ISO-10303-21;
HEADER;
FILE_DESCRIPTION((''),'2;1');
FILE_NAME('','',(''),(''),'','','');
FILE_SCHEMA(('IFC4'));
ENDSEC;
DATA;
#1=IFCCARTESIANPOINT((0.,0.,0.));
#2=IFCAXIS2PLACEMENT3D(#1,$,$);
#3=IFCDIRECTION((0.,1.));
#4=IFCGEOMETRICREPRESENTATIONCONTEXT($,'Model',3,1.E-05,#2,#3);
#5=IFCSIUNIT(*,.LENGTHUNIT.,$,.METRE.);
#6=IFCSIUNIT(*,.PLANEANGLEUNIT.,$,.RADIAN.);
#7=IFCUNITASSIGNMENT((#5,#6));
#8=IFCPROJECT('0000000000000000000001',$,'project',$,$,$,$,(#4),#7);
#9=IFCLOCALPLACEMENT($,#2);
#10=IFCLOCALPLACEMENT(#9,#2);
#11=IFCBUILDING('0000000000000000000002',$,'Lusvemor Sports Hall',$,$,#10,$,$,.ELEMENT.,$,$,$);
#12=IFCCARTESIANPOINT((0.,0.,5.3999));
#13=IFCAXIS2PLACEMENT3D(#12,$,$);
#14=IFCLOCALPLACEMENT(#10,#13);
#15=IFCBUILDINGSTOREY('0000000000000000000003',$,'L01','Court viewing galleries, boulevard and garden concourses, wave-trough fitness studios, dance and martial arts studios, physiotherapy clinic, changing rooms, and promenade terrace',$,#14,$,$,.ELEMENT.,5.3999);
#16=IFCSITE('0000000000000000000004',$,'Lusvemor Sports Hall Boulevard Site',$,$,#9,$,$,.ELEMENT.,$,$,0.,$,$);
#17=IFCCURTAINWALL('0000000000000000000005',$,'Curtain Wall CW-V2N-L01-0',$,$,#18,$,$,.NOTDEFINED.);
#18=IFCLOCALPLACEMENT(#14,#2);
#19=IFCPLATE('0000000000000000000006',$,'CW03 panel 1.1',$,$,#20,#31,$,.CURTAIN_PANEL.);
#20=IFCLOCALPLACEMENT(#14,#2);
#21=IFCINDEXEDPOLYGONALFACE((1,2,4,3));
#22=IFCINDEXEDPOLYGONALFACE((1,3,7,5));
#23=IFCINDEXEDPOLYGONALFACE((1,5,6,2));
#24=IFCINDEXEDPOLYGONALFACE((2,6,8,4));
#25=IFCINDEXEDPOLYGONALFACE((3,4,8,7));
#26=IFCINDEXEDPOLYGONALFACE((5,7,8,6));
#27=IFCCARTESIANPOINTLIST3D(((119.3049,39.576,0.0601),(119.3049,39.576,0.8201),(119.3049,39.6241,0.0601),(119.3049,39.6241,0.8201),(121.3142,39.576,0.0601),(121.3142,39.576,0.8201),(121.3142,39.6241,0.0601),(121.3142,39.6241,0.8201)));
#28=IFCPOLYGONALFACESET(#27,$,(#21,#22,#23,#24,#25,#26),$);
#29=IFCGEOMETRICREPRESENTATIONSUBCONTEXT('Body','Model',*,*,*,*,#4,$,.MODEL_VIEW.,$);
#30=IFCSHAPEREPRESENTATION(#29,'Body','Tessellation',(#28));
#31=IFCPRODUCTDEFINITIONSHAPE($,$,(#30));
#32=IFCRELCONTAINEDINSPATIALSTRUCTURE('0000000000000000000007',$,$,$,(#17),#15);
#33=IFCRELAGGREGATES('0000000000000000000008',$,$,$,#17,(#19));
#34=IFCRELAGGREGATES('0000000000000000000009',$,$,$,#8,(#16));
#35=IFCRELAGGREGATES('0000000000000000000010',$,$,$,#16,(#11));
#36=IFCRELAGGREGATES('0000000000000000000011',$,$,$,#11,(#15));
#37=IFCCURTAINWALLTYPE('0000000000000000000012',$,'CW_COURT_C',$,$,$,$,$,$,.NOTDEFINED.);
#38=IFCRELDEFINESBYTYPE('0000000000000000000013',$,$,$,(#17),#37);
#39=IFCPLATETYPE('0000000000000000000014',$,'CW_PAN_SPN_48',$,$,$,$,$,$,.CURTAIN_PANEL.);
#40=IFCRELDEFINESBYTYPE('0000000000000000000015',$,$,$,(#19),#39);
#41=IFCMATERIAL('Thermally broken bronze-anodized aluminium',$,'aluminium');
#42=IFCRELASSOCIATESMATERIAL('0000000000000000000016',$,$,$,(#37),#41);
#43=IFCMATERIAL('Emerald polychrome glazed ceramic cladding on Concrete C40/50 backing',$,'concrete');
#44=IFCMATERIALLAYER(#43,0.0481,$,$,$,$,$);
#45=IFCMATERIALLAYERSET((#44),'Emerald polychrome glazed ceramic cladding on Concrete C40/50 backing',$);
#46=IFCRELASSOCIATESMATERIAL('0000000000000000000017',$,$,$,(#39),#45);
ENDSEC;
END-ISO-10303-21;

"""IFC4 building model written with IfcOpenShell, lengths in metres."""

from ifc_helpers import new_model, si_unit, direction, frame, origin, origin_2d, place, context, subcontext, project, spatial, rectangle, extrude, material, layer, layer_set, type_object, element, aggregate, save


model = new_model("IFC4")

# Units and contexts
model_context = context("Model", 3, precision=1e-05, world=origin(), true_north=direction((0.0, 1.0)))
body_context = subcontext(model_context, "Body", "Model", "MODEL_VIEW")
ifc_project = project(units=[si_unit("LENGTHUNIT", "METRE"), si_unit("PLANEANGLEUNIT", "RADIAN")], contexts=[model_context])

# Site, building, storey
site_placement = place(None, origin())
site = spatial("IfcSite", under=ifc_project, at=site_placement, Name="Lusvemor Sports Hall Boulevard Site", CompositionType="ELEMENT", RefElevation=0.0)
building_placement = place(site_placement, origin())
building = spatial("IfcBuilding", under=site, at=building_placement, Name="Lusvemor Sports Hall", CompositionType="ELEMENT")
storey_placement = place(building_placement, frame((0.0, 0.0, 5.3999)))
storey = spatial("IfcBuildingStorey", under=building, at=storey_placement, Name="L01", Description="Court viewing galleries, boulevard and garden concourses, wave-trough fitness studios, dance and martial arts studios, physiotherapy clinic, changing rooms, and promenade terrace", CompositionType="ELEMENT", Elevation=5.3999)

# Curtain wall
ifc_material_1 = material(Name="Thermally broken bronze-anodized aluminium", Category="aluminium")
curtain_wall_type_1 = type_object("IfcCurtainWallType", Name="CW_COURT_C", PredefinedType="NOTDEFINED", material=ifc_material_1)
curtain_wall_1_placement = place(storey_placement, origin())
curtain_wall_1 = element("IfcCurtainWall", 1, at=curtain_wall_1_placement, inside=storey, type_object=curtain_wall_type_1, Name="Curtain Wall CW-V2N-L01-0", PredefinedType="NOTDEFINED")

# Plate
ifc_material_2 = material(Name="Emerald polychrome glazed ceramic cladding on Concrete C40/50 backing", Category="concrete")
ifc_layer_1 = layer(ifc_material_2, 0.0481)
ifc_layer_set_1 = layer_set([ifc_layer_1], Name="Emerald polychrome glazed ceramic cladding on Concrete C40/50 backing")
plate_type_1 = type_object("IfcPlateType", Name="CW_PAN_SPN_48", PredefinedType="CURTAIN_PANEL", material=ifc_layer_set_1)
plate_1_placement = place(storey_placement, frame((120.3096, 39.6001, 0.0601), z_axis=(0.0, 0.0, 1.0), x_axis=(1.0, 0.0, 0.0)))
plate_1 = element("IfcPlate", 2, at=plate_1_placement, type_object=plate_type_1, Name="CW03 panel 1.1", PredefinedType="CURTAIN_PANEL", context=body_context, shape_type="SweptSolid", body=[
    extrude(rectangle(XDim=2.0093, YDim=0.0481, at=origin_2d()), origin(), (0.0, 0.0, 1.0), 0.76),
])
aggregate(curtain_wall_1, [plate_1])

save(model, "model.ifc")
